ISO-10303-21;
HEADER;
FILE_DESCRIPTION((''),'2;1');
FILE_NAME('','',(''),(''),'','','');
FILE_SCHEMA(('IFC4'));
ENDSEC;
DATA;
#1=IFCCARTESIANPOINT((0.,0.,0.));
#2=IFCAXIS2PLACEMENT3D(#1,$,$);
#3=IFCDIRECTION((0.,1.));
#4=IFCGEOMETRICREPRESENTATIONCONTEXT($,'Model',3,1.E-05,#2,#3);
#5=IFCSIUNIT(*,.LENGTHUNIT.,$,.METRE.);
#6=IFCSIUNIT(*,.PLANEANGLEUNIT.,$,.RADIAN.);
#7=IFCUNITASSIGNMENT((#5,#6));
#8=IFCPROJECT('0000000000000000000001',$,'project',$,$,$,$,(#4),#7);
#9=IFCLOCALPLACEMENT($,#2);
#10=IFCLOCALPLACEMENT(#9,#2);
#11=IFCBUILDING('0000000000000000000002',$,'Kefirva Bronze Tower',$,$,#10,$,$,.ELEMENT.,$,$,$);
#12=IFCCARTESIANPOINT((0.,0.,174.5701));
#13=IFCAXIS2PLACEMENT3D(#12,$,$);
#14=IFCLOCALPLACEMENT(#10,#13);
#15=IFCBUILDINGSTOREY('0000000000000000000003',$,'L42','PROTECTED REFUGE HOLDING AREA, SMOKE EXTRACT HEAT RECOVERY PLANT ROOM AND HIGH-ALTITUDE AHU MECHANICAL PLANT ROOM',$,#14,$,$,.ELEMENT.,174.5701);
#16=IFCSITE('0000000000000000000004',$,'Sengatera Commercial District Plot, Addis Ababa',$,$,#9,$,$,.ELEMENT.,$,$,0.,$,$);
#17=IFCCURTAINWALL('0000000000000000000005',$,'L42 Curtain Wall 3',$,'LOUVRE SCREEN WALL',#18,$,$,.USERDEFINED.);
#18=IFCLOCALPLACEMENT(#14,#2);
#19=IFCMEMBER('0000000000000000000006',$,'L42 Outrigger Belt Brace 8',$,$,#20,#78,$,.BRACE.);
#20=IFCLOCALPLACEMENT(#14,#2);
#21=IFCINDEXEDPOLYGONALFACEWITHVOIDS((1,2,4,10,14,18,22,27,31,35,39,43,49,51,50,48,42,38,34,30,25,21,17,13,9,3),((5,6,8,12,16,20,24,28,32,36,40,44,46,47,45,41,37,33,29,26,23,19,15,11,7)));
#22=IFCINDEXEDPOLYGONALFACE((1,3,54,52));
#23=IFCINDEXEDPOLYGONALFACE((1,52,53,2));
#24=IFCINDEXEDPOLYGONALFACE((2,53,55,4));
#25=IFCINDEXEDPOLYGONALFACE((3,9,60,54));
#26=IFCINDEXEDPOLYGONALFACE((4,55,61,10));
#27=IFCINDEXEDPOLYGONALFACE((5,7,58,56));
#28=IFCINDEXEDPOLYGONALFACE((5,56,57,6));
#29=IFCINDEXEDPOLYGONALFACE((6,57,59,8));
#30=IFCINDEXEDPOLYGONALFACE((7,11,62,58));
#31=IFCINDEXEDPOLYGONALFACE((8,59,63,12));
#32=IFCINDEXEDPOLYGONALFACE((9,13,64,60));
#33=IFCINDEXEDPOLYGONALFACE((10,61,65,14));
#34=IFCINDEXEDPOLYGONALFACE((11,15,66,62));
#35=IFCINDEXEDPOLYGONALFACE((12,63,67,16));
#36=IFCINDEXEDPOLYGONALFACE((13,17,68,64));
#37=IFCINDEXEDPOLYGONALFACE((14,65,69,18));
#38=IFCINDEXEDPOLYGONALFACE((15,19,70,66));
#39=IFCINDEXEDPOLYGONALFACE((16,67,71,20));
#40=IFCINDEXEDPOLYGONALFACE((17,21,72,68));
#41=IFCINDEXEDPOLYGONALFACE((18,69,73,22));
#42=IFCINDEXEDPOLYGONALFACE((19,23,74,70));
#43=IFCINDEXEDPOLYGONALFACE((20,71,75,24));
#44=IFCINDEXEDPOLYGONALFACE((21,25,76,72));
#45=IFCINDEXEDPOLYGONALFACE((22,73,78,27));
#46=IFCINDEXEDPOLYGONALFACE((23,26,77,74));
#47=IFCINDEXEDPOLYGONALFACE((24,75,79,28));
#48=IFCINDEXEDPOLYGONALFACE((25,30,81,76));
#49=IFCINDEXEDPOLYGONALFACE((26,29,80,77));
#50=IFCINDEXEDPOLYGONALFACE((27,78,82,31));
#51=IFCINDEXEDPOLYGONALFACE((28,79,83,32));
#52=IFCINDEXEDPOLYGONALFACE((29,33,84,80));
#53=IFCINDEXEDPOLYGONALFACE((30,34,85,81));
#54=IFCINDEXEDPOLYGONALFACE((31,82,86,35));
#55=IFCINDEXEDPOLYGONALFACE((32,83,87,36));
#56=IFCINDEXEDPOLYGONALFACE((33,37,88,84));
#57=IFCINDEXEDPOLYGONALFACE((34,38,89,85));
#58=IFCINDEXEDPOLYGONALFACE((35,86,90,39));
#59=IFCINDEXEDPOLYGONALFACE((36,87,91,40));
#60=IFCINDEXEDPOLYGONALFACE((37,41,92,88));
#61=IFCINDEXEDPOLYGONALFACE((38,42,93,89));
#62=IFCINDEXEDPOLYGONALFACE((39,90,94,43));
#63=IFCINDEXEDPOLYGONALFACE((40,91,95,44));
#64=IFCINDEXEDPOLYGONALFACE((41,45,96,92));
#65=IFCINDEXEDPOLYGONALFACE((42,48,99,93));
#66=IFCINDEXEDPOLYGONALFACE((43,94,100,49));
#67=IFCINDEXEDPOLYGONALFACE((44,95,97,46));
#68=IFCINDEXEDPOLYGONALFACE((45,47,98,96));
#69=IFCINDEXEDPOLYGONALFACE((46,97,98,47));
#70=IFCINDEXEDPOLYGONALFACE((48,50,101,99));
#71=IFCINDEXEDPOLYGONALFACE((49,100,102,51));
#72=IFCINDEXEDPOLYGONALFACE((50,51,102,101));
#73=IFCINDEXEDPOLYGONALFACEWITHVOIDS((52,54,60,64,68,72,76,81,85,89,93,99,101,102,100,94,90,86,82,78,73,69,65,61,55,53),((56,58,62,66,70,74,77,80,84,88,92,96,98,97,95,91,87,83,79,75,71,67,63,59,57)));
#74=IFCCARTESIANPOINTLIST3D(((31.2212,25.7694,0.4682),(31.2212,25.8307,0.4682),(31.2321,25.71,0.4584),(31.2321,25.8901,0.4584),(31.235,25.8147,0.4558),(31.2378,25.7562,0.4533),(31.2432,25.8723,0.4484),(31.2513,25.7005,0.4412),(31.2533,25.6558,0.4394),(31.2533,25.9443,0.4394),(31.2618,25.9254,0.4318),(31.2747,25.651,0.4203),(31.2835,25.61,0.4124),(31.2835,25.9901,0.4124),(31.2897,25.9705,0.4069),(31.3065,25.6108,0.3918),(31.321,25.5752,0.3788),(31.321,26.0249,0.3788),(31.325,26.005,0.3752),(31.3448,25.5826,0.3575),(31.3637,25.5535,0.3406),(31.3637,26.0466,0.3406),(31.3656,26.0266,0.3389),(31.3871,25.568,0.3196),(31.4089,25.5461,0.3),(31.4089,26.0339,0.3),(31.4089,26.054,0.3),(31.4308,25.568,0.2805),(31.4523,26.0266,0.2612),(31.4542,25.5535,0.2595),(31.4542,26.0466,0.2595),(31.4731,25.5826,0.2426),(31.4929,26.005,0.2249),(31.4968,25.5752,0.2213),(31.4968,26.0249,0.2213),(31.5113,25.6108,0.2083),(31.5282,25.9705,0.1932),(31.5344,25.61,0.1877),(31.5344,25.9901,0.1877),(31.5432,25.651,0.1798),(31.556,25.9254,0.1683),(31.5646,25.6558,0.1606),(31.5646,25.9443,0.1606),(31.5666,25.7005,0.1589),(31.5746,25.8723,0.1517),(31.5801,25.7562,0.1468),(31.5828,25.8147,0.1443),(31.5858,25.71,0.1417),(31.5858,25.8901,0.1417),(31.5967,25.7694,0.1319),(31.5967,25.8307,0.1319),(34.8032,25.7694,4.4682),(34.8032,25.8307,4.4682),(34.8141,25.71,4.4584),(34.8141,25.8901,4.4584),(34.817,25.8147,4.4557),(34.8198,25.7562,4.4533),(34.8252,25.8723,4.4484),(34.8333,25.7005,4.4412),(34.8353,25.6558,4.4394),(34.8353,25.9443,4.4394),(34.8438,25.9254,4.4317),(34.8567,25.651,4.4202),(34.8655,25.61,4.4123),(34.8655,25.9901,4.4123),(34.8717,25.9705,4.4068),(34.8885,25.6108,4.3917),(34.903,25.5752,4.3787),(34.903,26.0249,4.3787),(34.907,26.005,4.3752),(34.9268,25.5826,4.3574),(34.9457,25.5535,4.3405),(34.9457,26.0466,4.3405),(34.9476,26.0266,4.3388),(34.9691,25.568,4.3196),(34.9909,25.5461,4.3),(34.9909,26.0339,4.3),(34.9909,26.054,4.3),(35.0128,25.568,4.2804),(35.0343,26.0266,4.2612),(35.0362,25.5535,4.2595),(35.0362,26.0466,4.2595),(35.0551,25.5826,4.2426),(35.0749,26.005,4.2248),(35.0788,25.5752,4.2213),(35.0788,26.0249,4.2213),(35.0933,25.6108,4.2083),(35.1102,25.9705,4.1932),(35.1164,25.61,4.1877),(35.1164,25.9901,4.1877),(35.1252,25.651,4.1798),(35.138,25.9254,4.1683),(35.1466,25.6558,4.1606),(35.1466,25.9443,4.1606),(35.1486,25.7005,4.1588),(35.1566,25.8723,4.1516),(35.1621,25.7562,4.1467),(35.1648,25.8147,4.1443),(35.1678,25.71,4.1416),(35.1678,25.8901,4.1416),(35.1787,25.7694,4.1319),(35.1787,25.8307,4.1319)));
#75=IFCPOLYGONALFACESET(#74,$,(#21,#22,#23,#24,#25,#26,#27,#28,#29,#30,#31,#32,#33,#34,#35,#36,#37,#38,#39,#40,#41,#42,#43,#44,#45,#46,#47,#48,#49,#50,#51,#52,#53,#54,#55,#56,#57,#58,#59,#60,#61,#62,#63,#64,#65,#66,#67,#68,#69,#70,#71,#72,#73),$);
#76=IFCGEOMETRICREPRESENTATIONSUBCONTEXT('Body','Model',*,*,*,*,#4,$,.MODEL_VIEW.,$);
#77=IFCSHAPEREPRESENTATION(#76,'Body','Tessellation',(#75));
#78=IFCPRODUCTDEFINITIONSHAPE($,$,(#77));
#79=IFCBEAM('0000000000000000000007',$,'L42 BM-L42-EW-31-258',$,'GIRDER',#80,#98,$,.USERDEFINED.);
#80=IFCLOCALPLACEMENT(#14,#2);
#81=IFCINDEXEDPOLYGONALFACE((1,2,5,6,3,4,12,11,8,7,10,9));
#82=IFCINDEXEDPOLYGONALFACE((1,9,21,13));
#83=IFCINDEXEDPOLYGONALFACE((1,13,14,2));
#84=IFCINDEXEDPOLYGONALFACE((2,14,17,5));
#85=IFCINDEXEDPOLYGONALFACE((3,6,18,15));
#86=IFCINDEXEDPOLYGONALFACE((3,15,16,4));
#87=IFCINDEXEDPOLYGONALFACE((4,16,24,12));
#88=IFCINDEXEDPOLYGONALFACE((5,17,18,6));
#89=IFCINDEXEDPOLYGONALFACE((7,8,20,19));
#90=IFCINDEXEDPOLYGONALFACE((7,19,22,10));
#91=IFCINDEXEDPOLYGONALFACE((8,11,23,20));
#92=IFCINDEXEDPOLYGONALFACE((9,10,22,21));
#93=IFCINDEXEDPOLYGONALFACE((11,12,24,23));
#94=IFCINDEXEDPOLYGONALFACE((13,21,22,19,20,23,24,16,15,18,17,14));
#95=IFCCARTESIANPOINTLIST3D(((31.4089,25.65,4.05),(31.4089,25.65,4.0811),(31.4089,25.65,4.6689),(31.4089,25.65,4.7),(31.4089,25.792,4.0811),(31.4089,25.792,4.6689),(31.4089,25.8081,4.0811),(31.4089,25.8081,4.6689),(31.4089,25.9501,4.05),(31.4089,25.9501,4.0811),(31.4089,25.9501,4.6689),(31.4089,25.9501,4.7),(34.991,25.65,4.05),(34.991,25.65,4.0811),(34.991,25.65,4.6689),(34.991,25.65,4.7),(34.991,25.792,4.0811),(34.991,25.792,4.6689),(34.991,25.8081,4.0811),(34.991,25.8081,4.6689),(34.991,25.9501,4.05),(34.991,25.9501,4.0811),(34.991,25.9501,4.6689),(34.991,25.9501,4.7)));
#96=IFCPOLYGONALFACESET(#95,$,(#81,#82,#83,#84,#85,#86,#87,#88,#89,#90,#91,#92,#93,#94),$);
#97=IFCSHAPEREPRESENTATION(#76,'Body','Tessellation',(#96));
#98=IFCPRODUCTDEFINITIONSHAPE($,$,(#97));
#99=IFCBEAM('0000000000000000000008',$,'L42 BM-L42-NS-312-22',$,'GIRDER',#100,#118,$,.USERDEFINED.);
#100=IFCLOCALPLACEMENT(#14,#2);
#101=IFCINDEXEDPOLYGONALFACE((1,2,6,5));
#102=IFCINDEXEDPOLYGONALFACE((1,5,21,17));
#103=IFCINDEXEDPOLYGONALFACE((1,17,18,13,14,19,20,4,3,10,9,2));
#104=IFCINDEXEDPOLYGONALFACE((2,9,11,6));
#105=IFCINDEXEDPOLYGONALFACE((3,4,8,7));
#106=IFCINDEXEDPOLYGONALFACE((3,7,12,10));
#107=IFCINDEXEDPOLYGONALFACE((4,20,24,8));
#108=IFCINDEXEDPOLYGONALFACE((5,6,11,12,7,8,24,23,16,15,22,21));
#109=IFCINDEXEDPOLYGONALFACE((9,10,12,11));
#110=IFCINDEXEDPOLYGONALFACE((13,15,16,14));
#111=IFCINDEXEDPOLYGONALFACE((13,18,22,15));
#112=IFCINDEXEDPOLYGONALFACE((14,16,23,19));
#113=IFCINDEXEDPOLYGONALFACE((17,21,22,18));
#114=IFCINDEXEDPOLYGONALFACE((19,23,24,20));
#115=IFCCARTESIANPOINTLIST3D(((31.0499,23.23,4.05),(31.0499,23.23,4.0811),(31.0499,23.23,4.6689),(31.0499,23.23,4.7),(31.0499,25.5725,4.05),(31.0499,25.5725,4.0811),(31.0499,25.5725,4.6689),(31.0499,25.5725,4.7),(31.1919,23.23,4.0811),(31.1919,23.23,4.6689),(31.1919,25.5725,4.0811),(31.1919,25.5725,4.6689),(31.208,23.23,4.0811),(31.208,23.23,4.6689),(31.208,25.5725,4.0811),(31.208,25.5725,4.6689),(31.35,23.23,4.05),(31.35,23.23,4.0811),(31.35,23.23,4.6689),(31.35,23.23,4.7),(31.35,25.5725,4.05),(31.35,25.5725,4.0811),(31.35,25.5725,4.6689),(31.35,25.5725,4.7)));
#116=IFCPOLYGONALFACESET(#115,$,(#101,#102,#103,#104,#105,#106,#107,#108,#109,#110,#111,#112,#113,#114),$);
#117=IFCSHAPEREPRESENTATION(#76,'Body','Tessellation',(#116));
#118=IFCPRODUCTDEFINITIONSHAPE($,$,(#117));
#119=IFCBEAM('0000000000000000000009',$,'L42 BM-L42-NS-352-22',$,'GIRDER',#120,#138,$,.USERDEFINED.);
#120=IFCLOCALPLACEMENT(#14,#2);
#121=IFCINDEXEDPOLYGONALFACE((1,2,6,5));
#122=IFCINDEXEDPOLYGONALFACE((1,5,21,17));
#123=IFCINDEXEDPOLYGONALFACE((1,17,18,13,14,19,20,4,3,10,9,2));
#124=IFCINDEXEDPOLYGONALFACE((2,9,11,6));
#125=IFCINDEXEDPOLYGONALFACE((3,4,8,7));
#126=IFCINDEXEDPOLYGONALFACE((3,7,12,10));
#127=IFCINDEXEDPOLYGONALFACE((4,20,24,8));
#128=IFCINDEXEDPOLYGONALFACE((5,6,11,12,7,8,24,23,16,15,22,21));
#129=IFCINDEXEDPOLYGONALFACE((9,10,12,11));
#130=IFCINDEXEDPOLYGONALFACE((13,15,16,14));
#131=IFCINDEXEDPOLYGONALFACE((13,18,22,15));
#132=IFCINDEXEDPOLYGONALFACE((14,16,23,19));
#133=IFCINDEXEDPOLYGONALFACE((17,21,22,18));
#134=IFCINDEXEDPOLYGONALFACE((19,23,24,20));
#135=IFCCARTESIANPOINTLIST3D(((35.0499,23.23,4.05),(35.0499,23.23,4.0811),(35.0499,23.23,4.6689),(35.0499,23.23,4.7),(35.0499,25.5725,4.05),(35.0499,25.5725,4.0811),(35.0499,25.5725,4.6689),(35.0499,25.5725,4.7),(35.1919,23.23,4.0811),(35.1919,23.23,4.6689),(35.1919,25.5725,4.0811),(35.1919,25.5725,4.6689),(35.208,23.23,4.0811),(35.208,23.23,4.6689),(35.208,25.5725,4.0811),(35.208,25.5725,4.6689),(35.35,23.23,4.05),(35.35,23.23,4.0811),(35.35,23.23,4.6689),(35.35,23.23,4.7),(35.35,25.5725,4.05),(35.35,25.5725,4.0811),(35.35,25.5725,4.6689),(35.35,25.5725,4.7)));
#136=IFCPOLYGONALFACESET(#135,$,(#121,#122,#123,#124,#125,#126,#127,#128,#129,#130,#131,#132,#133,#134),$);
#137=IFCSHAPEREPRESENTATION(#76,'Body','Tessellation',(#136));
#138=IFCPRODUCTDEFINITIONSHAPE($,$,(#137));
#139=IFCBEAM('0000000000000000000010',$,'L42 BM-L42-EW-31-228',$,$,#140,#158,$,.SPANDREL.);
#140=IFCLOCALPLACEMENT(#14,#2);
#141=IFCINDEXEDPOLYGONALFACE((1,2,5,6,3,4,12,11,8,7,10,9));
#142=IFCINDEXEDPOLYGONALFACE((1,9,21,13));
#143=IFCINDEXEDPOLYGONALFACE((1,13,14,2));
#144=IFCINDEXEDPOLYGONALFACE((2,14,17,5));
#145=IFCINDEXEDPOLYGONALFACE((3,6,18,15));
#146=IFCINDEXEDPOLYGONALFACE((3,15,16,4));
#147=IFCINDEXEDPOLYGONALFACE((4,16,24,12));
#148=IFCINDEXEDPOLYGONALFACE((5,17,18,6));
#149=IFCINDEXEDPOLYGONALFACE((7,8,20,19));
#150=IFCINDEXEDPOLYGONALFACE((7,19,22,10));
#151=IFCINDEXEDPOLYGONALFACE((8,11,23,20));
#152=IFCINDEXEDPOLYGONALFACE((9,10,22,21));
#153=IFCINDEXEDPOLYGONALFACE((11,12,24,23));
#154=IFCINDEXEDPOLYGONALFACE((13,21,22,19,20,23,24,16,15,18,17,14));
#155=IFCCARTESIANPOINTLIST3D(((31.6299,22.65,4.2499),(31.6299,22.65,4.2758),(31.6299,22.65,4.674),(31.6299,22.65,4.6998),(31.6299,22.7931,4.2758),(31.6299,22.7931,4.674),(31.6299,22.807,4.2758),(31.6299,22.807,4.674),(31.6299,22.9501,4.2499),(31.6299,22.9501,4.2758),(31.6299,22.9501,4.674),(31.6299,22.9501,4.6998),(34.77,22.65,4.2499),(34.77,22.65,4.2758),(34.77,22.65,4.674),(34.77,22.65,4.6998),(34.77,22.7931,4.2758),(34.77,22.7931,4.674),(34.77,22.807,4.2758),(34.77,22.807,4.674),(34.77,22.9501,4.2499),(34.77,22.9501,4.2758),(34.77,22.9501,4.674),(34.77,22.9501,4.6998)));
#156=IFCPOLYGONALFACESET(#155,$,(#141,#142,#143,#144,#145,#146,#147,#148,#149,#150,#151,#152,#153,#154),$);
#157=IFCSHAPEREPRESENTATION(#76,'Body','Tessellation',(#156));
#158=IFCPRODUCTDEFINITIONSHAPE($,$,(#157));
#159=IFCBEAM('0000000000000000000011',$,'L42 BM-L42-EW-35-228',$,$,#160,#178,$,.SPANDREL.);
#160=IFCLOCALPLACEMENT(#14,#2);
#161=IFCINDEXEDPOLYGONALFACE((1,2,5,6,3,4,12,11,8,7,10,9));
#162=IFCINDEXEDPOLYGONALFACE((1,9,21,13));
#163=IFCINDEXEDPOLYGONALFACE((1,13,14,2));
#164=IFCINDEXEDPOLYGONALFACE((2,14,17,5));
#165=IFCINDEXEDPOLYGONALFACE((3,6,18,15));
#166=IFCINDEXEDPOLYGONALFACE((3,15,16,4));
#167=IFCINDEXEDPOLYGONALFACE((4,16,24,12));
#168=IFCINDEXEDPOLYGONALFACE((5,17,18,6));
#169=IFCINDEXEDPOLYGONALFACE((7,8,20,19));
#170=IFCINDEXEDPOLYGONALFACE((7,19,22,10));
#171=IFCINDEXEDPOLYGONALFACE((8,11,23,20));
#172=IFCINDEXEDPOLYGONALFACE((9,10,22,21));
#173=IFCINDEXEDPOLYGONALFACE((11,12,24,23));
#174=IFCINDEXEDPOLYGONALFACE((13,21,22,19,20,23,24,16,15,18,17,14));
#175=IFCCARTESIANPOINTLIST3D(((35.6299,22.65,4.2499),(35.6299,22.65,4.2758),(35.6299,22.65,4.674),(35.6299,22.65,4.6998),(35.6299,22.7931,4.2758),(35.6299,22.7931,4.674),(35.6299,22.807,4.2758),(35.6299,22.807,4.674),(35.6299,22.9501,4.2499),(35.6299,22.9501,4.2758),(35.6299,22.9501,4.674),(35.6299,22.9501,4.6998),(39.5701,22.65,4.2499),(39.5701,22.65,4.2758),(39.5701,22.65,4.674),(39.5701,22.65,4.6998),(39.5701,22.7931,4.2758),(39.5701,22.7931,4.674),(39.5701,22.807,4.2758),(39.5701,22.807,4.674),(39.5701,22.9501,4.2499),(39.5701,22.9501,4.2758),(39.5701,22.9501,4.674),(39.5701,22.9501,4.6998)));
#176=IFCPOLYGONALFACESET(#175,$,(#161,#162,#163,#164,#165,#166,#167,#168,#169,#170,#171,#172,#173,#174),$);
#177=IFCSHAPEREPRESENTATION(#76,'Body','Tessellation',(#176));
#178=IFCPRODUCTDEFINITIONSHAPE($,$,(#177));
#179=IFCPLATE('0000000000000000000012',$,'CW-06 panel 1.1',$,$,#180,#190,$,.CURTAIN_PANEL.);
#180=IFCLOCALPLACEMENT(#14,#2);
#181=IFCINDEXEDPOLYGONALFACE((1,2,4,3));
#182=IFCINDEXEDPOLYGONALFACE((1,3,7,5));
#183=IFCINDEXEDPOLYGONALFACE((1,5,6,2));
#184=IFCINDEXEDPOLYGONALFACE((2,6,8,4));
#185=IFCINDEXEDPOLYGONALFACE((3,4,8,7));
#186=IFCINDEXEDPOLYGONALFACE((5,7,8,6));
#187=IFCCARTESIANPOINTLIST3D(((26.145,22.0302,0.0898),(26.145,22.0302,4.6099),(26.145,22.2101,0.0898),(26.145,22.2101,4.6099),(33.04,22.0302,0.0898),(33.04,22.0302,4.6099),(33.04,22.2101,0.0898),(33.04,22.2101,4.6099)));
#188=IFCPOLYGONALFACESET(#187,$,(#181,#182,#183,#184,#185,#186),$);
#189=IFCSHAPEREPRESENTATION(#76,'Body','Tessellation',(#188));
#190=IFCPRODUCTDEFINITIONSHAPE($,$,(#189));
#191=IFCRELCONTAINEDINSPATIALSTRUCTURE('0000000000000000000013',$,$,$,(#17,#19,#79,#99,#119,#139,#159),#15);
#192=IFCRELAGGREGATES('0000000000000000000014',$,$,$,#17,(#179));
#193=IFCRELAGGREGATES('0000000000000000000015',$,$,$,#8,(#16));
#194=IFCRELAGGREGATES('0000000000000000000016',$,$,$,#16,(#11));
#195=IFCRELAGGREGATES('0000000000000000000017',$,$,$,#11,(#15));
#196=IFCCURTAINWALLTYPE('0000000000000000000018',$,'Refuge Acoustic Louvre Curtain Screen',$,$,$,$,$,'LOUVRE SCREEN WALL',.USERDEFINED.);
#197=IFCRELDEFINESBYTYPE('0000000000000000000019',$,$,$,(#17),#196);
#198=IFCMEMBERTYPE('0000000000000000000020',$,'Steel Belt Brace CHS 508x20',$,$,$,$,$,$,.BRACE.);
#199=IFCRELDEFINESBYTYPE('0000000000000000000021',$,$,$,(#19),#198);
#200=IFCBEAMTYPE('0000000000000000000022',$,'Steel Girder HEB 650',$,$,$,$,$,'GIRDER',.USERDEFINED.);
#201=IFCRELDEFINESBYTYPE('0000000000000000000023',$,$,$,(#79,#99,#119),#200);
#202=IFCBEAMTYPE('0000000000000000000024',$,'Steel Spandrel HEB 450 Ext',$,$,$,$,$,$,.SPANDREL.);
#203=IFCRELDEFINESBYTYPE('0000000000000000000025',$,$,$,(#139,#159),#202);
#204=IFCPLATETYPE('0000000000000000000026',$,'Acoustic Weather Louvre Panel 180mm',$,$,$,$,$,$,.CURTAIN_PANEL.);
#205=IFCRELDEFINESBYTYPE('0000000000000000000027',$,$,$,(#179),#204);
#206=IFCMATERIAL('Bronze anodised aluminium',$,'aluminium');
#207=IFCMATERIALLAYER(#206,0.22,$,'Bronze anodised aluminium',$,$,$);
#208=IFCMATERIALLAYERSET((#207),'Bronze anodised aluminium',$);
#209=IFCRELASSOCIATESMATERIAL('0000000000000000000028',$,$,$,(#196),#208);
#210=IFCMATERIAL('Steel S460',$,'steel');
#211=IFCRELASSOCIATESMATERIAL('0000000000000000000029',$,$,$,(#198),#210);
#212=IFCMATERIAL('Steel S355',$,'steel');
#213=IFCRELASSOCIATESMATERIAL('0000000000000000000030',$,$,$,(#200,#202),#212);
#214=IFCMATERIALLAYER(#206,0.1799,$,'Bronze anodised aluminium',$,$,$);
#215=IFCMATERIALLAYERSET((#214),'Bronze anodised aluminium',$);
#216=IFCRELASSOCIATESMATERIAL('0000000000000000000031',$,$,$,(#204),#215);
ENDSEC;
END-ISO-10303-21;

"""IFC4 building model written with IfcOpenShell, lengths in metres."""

from ifc_helpers import new_model, si_unit, direction, frame, origin, origin_2d, place, context, subcontext, project, spatial, rectangle, hollow_circle, i_section, extrude, material, layer, layer_set, material_profile, profile_set, type_object, element, aggregate, save


model = new_model("IFC4")

# Units and contexts
model_context = context("Model", 3, precision=1e-05, world=origin(), true_north=direction((0.0, 1.0)))
body_context = subcontext(model_context, "Body", "Model", "MODEL_VIEW")
ifc_project = project(units=[si_unit("LENGTHUNIT", "METRE"), si_unit("PLANEANGLEUNIT", "RADIAN")], contexts=[model_context])

# Site, building, storey
site_placement = place(None, origin())
site = spatial("IfcSite", under=ifc_project, at=site_placement, Name="Sengatera Commercial District Plot, Addis Ababa", CompositionType="ELEMENT", RefElevation=0.0)
building_placement = place(site_placement, origin())
building = spatial("IfcBuilding", under=site, at=building_placement, Name="Kefirva Bronze Tower", CompositionType="ELEMENT")
storey_placement = place(building_placement, frame((0.0, 0.0, 174.5701)))
storey = spatial("IfcBuildingStorey", under=building, at=storey_placement, Name="L42", Description="PROTECTED REFUGE HOLDING AREA, SMOKE EXTRACT HEAT RECOVERY PLANT ROOM AND HIGH-ALTITUDE AHU MECHANICAL PLANT ROOM", CompositionType="ELEMENT", Elevation=174.5701)

# Shared definitions
ifc_material_1 = material(Name="Steel S460", Category="steel")

# Curtain wall
ifc_material_2 = material(Name="Bronze anodised aluminium", Category="aluminium")
ifc_layer_1 = layer(ifc_material_2, 0.22, Name="Bronze anodised aluminium")
ifc_layer_set_1 = layer_set([ifc_layer_1], Name="Bronze anodised aluminium")
curtain_wall_type = type_object("IfcCurtainWallType", Name="Refuge Acoustic Louvre Curtain Screen", ElementType="LOUVRE SCREEN WALL", PredefinedType="USERDEFINED", material=ifc_layer_set_1)
curtain_wall_placement = place(storey_placement, origin())
curtain_wall = element("IfcCurtainWall", 1, at=curtain_wall_placement, inside=storey, type_object=curtain_wall_type, Name="L42 Curtain Wall 3", ObjectType="LOUVRE SCREEN WALL", PredefinedType="USERDEFINED")

# Member
ifc_material_profile_1 = material_profile(ifc_material_1, hollow_circle(Radius=0.2539, WallThickness=0.02, at=origin_2d()), Name="CHS 508x20")
ifc_profile_set_1 = profile_set([ifc_material_profile_1], Name="Steel S460")
member_type_1 = type_object("IfcMemberType", Name="Steel Belt Brace CHS 508x20", PredefinedType="BRACE", material=ifc_profile_set_1)
member_1_placement = place(storey_placement, frame((31.4089, 25.8, 0.3), z_axis=(0.667114, 0.0, 0.744956), x_axis=(0.0, 1.0, 0.0)))
element("IfcMember", 2, at=member_1_placement, inside=storey, type_object=member_type_1, Name="L42 Outrigger Belt Brace 8", PredefinedType="BRACE", context=body_context, shape_type="SweptSolid", body=[
    extrude(hollow_circle(Radius=0.2539, WallThickness=0.02, at=origin_2d()), origin(), (0.0, 0.0, 1.0), 5.3694),
])

# Beams
ifc_material_3 = material(Name="Steel S355", Category="steel")
ifc_material_profile_2 = material_profile(ifc_material_3, i_section(OverallWidth=0.3, OverallDepth=0.6499, WebThickness=0.0161, FlangeThickness=0.031, at=origin_2d()), Name="HEB 650")
ifc_profile_set_2 = profile_set([ifc_material_profile_2], Name="Steel S355")
beam_type_1 = type_object("IfcBeamType", Name="Steel Girder HEB 650", ElementType="GIRDER", PredefinedType="USERDEFINED", material=ifc_profile_set_2)
beam_1_placement = place(storey_placement, frame((31.4089, 25.8, 4.375), z_axis=(1.0, 0.0, 0.0), x_axis=(0.0, 1.0, 0.0)))
element("IfcBeam", 3, at=beam_1_placement, inside=storey, type_object=beam_type_1, Name="L42 BM-L42-EW-31-258", ObjectType="GIRDER", PredefinedType="USERDEFINED", context=body_context, shape_type="SweptSolid", body=[
    extrude(i_section(OverallWidth=0.3, OverallDepth=0.6499, WebThickness=0.0161, FlangeThickness=0.031, at=origin_2d()), origin(), (0.0, 0.0, 1.0), 3.582),
])
for number, where, z_axis, x_axis, name in (
    (4, (31.2, 23.23, 4.375), (0.0, 1.0, 0.0), (-1.0, 0.0, 0.0), "L42 BM-L42-NS-312-22"),
    (5, (35.2, 23.23, 4.375), (0.0, 1.0, 0.0), (-1.0, 0.0, 0.0), "L42 BM-L42-NS-352-22"),
):
    element("IfcBeam", number, at=place(storey_placement, frame(where, z_axis=z_axis, x_axis=x_axis)), inside=storey, type_object=beam_type_1, Name=name, ObjectType="GIRDER", PredefinedType="USERDEFINED", context=body_context, shape_type="SweptSolid", body=[
        extrude(i_section(OverallWidth=0.3, OverallDepth=0.6499, WebThickness=0.0161, FlangeThickness=0.031, at=origin_2d()), origin(), (0.0, 0.0, 1.0), 2.3425),
    ])
ifc_material_profile_3 = material_profile(ifc_material_3, i_section(OverallWidth=0.3, OverallDepth=0.45, WebThickness=0.0139, FlangeThickness=0.0259, at=origin_2d()), Name="HEB 450")
ifc_profile_set_3 = profile_set([ifc_material_profile_3], Name="Steel S355")
beam_type_2 = type_object("IfcBeamType", Name="Steel Spandrel HEB 450 Ext", PredefinedType="SPANDREL", material=ifc_profile_set_3)
beam_2_placement = place(storey_placement, frame((31.6299, 22.8, 4.4749), z_axis=(1.0, 0.0, 0.0), x_axis=(0.0, 1.0, 0.0)))
element("IfcBeam", 6, at=beam_2_placement, inside=storey, type_object=beam_type_2, Name="L42 BM-L42-EW-31-228", PredefinedType="SPANDREL", context=body_context, shape_type="SweptSolid", body=[
    extrude(i_section(OverallWidth=0.3, OverallDepth=0.45, WebThickness=0.0139, FlangeThickness=0.0259, at=origin_2d()), origin(), (0.0, 0.0, 1.0), 3.1401),
])
beam_3_placement = place(storey_placement, frame((35.6299, 22.8, 4.4749), z_axis=(1.0, 0.0, 0.0), x_axis=(0.0, 1.0, 0.0)))
element("IfcBeam", 7, at=beam_3_placement, inside=storey, type_object=beam_type_2, Name="L42 BM-L42-EW-35-228", PredefinedType="SPANDREL", context=body_context, shape_type="SweptSolid", body=[
    extrude(i_section(OverallWidth=0.3, OverallDepth=0.45, WebThickness=0.0139, FlangeThickness=0.0259, at=origin_2d()), origin(), (0.0, 0.0, 1.0), 3.9402),
])

# Plate
ifc_layer_2 = layer(ifc_material_2, 0.1799, Name="Bronze anodised aluminium")
ifc_layer_set_2 = layer_set([ifc_layer_2], Name="Bronze anodised aluminium")
plate_type_1 = type_object("IfcPlateType", Name="Acoustic Weather Louvre Panel 180mm", PredefinedType="CURTAIN_PANEL", material=ifc_layer_set_2)
plate_1_placement = place(storey_placement, frame((29.5925, 22.1201, 0.0898), z_axis=(0.0, 0.0, 1.0), x_axis=(1.0, 0.0, 0.0)))
plate_1 = element("IfcPlate", 8, at=plate_1_placement, type_object=plate_type_1, Name="CW-06 panel 1.1", PredefinedType="CURTAIN_PANEL", context=body_context, shape_type="SweptSolid", body=[
    extrude(rectangle(XDim=6.895, YDim=0.1799, at=origin_2d()), origin(), (0.0, 0.0, 1.0), 4.52),
])
aggregate(curtain_wall, [plate_1])

save(model, "model.ifc")
